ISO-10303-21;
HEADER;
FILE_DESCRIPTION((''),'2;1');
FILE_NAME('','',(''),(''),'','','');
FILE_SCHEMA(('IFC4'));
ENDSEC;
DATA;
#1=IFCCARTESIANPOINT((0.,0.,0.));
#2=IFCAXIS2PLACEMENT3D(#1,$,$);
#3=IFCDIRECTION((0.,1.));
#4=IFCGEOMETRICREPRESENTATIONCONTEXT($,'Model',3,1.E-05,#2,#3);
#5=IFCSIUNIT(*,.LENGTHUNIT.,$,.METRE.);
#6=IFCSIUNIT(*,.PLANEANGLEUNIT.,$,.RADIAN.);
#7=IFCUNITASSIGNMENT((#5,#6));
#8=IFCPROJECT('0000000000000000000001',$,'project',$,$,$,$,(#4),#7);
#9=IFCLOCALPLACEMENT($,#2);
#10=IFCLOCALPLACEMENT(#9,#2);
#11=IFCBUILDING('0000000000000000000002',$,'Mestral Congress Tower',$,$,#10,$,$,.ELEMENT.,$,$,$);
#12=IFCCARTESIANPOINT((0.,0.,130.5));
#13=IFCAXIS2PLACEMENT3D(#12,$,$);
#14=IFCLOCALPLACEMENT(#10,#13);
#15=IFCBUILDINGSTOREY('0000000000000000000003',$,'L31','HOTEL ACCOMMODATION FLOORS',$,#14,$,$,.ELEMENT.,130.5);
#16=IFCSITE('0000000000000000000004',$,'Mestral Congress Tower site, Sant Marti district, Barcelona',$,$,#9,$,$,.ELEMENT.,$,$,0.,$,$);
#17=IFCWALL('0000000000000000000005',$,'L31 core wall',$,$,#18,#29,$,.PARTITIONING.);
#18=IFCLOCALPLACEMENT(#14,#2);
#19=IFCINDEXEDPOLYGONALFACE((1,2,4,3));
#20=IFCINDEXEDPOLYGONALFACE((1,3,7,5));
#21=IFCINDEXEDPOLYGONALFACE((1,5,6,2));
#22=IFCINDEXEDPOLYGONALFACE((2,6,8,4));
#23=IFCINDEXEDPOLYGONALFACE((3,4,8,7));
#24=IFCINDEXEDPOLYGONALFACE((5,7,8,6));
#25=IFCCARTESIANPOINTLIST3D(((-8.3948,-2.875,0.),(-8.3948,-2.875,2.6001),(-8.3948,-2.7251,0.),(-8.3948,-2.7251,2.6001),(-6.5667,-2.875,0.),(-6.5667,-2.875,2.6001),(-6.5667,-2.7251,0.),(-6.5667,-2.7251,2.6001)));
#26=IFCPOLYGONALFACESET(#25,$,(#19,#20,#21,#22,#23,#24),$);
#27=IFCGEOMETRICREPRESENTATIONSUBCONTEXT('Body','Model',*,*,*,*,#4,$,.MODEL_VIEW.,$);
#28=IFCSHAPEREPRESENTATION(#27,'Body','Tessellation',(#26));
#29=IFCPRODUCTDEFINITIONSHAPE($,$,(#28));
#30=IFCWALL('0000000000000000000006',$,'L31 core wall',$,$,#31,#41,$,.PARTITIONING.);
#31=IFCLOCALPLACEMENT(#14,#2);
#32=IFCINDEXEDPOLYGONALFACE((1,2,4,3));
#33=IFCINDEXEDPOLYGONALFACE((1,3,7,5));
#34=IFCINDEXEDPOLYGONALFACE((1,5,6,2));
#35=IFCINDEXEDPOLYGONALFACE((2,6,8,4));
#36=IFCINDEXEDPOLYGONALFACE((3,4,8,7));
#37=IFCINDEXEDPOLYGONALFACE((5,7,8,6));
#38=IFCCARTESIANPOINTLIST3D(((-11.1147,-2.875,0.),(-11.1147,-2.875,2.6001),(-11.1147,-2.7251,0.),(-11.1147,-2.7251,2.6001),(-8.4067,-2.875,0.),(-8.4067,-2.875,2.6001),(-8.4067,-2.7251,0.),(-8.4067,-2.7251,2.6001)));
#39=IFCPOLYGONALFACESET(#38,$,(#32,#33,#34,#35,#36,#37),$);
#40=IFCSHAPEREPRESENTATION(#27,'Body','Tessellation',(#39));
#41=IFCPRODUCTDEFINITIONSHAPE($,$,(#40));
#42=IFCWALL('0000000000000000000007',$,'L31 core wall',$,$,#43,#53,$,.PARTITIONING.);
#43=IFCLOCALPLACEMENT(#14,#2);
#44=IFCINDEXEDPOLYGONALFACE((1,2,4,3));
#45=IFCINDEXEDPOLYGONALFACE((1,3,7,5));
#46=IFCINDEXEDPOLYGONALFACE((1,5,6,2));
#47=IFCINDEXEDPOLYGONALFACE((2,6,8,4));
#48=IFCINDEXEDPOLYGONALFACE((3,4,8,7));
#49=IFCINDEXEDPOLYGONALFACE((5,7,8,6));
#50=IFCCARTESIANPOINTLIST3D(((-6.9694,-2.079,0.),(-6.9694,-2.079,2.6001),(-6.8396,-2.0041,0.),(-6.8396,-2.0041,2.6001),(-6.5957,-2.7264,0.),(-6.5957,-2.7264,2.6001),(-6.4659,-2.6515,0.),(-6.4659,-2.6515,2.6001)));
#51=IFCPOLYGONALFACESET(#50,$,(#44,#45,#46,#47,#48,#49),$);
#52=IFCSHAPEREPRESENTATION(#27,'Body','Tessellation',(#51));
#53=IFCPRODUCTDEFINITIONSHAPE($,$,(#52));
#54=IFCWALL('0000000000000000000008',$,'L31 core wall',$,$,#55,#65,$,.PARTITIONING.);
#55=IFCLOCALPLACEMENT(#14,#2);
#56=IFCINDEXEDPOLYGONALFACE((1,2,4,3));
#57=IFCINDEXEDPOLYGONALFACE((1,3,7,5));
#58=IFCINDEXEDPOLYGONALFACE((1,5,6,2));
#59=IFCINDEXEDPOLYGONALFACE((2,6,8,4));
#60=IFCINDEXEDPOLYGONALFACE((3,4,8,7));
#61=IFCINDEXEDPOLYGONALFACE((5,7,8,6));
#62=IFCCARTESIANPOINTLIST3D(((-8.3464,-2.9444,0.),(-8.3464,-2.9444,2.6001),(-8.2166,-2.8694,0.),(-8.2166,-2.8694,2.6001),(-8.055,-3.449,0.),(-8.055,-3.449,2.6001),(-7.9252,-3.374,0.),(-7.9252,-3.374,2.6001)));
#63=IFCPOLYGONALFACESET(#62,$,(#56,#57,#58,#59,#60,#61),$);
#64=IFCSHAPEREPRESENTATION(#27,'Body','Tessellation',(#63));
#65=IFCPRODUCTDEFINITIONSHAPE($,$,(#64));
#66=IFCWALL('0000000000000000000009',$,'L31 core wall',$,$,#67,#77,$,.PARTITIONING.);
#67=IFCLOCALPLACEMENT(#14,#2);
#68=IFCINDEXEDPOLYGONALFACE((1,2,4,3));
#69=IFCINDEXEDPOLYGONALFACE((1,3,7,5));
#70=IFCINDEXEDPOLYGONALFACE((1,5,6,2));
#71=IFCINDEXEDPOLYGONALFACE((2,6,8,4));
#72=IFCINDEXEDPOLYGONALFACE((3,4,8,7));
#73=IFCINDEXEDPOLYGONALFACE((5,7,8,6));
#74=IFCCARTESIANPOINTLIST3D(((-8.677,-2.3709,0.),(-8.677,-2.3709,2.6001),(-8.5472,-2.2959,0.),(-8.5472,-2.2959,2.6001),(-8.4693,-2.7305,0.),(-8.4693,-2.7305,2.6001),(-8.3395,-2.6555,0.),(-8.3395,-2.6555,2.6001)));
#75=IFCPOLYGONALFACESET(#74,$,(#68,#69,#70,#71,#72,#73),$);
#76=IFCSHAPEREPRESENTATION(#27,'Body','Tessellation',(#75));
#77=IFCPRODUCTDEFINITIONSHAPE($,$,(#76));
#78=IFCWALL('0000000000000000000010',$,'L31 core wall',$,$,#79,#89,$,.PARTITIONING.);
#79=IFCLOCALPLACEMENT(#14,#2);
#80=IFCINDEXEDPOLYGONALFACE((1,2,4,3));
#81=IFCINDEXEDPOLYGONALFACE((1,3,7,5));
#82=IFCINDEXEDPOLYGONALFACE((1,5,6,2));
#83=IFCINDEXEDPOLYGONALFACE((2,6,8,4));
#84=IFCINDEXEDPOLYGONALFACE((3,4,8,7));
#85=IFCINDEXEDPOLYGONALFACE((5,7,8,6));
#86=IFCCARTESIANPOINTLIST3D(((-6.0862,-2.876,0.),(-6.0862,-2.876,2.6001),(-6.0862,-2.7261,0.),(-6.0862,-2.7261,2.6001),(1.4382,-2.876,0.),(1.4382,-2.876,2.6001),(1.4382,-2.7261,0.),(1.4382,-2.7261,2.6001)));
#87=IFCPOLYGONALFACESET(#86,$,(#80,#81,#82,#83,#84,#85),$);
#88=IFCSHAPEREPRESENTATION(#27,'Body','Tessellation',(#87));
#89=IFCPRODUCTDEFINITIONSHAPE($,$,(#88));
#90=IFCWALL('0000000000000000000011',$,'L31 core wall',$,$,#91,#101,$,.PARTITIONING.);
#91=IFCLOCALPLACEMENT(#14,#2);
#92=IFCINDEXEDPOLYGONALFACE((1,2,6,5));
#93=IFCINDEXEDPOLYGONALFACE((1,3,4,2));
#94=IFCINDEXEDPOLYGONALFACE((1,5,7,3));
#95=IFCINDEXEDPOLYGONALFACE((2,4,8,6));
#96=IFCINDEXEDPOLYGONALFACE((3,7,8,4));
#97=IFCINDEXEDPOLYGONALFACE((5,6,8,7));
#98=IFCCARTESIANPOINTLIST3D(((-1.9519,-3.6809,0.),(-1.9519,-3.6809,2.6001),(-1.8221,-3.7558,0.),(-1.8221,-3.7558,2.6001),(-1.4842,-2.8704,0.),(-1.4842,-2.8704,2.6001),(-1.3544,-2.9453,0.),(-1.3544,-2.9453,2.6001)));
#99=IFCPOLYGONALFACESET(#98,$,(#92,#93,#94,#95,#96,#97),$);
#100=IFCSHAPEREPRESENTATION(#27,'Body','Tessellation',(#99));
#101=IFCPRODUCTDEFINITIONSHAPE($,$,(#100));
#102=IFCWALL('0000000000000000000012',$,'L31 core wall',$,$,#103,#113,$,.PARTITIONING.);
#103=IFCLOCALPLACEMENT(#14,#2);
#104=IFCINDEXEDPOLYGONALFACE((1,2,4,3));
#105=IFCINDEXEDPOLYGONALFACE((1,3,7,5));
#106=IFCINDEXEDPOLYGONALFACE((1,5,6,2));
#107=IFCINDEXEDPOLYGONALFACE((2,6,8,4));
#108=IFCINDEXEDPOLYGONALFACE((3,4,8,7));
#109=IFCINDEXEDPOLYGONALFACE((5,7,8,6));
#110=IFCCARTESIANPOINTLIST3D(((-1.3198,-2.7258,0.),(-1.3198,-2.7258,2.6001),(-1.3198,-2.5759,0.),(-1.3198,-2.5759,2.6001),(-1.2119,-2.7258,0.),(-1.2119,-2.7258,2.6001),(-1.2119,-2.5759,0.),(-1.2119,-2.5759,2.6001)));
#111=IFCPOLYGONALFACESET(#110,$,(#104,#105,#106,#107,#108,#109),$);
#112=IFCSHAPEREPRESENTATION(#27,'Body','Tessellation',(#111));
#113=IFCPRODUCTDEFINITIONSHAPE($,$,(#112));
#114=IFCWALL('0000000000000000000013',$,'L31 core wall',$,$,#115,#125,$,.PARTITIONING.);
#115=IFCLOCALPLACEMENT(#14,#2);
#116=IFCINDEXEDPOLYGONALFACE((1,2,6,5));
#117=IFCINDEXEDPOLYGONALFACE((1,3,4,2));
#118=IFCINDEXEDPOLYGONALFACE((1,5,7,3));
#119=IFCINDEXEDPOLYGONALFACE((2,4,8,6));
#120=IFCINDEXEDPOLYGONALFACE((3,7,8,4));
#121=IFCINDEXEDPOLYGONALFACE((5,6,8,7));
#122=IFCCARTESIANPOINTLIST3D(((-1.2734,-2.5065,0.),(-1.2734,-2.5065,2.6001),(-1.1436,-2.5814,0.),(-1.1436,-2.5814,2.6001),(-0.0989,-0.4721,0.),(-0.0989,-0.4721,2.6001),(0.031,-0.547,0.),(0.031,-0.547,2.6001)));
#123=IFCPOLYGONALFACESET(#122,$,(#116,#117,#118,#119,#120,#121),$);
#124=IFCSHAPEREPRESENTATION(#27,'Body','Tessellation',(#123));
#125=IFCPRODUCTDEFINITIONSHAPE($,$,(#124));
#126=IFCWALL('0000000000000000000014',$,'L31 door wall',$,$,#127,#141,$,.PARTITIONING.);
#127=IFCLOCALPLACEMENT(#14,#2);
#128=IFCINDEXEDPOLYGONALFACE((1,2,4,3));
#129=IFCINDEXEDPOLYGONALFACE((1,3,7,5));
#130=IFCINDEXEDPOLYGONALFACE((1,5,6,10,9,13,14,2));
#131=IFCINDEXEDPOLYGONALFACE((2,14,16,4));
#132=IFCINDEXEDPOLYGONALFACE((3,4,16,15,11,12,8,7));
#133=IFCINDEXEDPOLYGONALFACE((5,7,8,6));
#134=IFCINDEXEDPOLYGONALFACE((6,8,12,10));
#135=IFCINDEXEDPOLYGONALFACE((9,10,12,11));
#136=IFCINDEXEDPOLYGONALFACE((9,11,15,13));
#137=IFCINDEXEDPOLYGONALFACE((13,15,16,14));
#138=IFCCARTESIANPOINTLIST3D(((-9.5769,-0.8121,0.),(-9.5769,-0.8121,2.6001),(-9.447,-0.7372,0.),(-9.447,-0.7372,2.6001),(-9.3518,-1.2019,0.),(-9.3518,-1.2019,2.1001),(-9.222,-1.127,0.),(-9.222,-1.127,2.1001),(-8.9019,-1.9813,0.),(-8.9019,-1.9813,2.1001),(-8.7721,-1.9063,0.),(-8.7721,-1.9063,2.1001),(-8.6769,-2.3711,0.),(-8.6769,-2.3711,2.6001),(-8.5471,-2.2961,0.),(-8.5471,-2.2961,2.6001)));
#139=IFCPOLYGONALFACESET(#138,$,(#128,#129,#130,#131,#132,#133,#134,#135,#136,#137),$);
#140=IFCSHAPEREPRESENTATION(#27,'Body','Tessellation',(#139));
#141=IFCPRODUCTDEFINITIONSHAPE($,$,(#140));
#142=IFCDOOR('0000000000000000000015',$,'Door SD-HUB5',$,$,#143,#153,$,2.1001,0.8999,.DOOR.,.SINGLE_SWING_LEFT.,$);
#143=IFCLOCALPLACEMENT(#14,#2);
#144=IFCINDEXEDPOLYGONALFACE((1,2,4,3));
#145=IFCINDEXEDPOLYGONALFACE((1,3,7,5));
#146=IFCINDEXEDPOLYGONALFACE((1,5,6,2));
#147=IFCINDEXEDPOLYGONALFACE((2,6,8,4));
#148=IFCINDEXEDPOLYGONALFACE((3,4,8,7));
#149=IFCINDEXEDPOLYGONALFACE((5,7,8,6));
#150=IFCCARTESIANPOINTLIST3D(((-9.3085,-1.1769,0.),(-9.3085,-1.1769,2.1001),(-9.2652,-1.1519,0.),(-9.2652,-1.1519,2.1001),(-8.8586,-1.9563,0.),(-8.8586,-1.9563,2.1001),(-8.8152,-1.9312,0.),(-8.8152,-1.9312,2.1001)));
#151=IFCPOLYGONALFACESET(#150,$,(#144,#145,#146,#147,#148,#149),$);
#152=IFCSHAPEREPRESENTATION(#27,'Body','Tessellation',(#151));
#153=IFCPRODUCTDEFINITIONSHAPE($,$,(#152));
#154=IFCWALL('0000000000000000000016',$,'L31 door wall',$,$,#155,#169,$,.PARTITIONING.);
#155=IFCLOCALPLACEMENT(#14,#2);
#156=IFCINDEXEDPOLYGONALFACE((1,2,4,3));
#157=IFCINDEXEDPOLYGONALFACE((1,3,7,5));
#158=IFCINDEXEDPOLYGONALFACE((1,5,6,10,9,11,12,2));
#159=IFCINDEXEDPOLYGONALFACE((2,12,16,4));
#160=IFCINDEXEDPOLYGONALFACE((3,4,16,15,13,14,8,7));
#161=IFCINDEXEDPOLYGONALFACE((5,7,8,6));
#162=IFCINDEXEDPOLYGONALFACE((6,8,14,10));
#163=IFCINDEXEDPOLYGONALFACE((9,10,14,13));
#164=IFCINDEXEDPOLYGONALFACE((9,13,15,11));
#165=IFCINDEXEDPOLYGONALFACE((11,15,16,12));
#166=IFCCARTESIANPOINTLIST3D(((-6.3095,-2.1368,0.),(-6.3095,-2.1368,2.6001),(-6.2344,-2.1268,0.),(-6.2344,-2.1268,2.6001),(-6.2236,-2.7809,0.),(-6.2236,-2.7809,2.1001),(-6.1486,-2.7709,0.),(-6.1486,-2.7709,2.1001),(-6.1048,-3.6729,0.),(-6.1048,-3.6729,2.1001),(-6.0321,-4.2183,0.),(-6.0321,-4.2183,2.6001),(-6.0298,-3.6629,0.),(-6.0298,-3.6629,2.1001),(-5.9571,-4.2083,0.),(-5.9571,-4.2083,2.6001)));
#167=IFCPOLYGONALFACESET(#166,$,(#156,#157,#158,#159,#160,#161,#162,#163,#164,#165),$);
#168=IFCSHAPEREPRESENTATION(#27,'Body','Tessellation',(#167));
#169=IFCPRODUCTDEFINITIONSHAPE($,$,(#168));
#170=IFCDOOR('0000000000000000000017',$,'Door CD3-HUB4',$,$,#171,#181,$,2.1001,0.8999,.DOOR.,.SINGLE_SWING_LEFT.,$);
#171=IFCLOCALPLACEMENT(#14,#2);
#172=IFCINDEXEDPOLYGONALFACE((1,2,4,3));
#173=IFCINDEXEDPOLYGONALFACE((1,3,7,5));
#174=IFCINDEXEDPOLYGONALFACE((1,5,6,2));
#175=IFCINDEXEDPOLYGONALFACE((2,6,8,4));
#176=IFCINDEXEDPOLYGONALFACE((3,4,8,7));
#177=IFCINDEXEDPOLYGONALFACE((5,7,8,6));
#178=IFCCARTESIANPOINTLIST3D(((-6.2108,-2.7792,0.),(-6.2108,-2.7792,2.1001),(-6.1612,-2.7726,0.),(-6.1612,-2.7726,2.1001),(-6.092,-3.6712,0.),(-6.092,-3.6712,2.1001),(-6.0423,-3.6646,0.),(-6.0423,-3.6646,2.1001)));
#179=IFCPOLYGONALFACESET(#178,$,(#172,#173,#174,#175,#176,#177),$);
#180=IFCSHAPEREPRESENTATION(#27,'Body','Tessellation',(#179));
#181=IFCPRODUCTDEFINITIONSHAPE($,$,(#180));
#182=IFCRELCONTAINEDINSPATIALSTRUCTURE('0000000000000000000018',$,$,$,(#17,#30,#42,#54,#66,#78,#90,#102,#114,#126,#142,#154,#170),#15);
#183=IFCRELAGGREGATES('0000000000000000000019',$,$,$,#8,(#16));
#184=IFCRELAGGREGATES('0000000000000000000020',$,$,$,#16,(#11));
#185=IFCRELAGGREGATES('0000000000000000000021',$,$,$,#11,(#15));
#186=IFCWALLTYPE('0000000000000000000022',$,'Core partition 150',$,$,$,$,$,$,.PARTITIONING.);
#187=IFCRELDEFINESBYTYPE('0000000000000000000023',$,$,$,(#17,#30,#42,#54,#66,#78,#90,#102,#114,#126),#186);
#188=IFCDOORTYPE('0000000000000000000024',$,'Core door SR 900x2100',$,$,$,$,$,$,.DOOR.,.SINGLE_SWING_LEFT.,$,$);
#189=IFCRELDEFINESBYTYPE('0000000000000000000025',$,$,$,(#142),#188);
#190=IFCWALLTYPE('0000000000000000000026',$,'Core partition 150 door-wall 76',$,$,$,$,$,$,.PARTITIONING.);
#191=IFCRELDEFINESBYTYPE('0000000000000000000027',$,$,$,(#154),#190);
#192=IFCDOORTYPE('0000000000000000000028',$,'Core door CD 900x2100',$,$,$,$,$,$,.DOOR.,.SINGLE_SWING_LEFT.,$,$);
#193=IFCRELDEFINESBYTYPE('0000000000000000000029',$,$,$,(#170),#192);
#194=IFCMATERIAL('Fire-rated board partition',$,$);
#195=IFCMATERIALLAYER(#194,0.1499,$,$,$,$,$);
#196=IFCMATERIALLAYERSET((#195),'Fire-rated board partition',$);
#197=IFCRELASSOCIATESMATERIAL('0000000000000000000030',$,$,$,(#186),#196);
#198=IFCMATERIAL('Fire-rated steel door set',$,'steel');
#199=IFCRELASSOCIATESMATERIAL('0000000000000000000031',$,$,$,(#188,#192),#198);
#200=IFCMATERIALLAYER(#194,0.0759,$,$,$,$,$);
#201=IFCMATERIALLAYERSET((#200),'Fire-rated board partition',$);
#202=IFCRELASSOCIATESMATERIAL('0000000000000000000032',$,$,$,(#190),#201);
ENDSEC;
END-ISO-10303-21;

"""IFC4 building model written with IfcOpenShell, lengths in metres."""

from ifc_helpers import new_model, si_unit, direction, frame, frame_2d, origin, place, context, subcontext, project, spatial, rectangle, extrude, material, layer, layer_set, type_object, element, fill, save


model = new_model("IFC4")

# Units and contexts
model_context = context("Model", 3, precision=1e-05, world=origin(), true_north=direction((0.0, 1.0)))
body_context = subcontext(model_context, "Body", "Model", "MODEL_VIEW")
ifc_project = project(units=[si_unit("LENGTHUNIT", "METRE"), si_unit("PLANEANGLEUNIT", "RADIAN")], contexts=[model_context])

# Site, building, storey
site_placement = place(None, origin())
site = spatial("IfcSite", under=ifc_project, at=site_placement, Name="Mestral Congress Tower site, Sant Marti district, Barcelona", CompositionType="ELEMENT", RefElevation=0.0)
building_placement = place(site_placement, origin())
building = spatial("IfcBuilding", under=site, at=building_placement, Name="Mestral Congress Tower", CompositionType="ELEMENT")
storey_placement = place(building_placement, frame((0.0, 0.0, 130.5)))
storey = spatial("IfcBuildingStorey", under=building, at=storey_placement, Name="L31", Description="HOTEL ACCOMMODATION FLOORS", CompositionType="ELEMENT", Elevation=130.5)

# Walls
ifc_material_1 = material(Name="Fire-rated board partition")
ifc_layer_1 = layer(ifc_material_1, 0.1499)
ifc_layer_set_1 = layer_set([ifc_layer_1], Name="Fire-rated board partition")
wall_type_1 = type_object("IfcWallType", Name="Core partition 150", PredefinedType="PARTITIONING", material=ifc_layer_set_1)
wall_1_placement = place(storey_placement, frame((-8.3948, -2.8, 0.0), z_axis=(0.0, 0.0, 1.0), x_axis=(1.0, 0.0, 0.0)))
element("IfcWall", 1, at=wall_1_placement, inside=storey, type_object=wall_type_1, Name="L31 core wall", PredefinedType="PARTITIONING", context=body_context, shape_type="SweptSolid", body=[
    extrude(rectangle(XDim=1.8281, YDim=0.1499, at=frame_2d((0.9141, 0.0))), origin(), (0.0, 0.0, 1.0), 2.6001),
])
wall_2_placement = place(storey_placement, frame((-11.1147, -2.8, 0.0), z_axis=(0.0, 0.0, 1.0), x_axis=(1.0, 0.0, 0.0)))
element("IfcWall", 2, at=wall_2_placement, inside=storey, type_object=wall_type_1, Name="L31 core wall", PredefinedType="PARTITIONING", context=body_context, shape_type="SweptSolid", body=[
    extrude(rectangle(XDim=2.708, YDim=0.1499, at=frame_2d((1.354, 0.0))), origin(), (0.0, 0.0, 1.0), 2.6001),
])
wall_3_placement = place(storey_placement, frame((-6.5308, -2.689, 0.0), z_axis=(0.0, 0.0, 1.0), x_axis=(-0.499967, 0.866044, 0.0)))
element("IfcWall", 3, at=wall_3_placement, inside=storey, type_object=wall_type_1, Name="L31 core wall", PredefinedType="PARTITIONING", context=body_context, shape_type="SweptSolid", body=[
    extrude(rectangle(XDim=0.7476, YDim=0.1499, at=frame_2d((0.3738, 0.0))), origin(), (0.0, 0.0, 1.0), 2.6001),
])
wall_4_placement = place(storey_placement, frame((-7.99, -3.4116, 0.0), z_axis=(0.0, 0.0, 1.0), x_axis=(-0.500194, 0.865913, 0.0)))
element("IfcWall", 4, at=wall_4_placement, inside=storey, type_object=wall_type_1, Name="L31 core wall", PredefinedType="PARTITIONING", context=body_context, shape_type="SweptSolid", body=[
    extrude(rectangle(XDim=0.5828, YDim=0.1499, at=frame_2d((0.2915, 0.0))), origin(), (0.0, 0.0, 1.0), 2.6001),
])
wall_5_placement = place(storey_placement, frame((-8.6121, -2.3335, 0.0), z_axis=(0.0, 0.0, 1.0), x_axis=(0.500248, -0.865882, 0.0)))
element("IfcWall", 5, at=wall_5_placement, inside=storey, type_object=wall_type_1, Name="L31 core wall", PredefinedType="PARTITIONING", context=body_context, shape_type="SweptSolid", body=[
    extrude(rectangle(XDim=0.4153, YDim=0.1499, at=frame_2d((0.2075, 0.0))), origin(), (0.0, 0.0, 1.0), 2.6001),
])
wall_6_placement = place(storey_placement, frame((-6.0862, -2.801, 0.0), z_axis=(0.0, 0.0, 1.0), x_axis=(1.0, 0.0, 0.0)))
element("IfcWall", 6, at=wall_6_placement, inside=storey, type_object=wall_type_1, Name="L31 core wall", PredefinedType="PARTITIONING", context=body_context, shape_type="SweptSolid", body=[
    extrude(rectangle(XDim=7.5244, YDim=0.1499, at=frame_2d((3.7622, 0.0))), origin(), (0.0, 0.0, 1.0), 2.6001),
])
wall_7_placement = place(storey_placement, frame((-1.887, -3.7183, 0.0), z_axis=(0.0, 0.0, 1.0), x_axis=(0.499843, 0.866116, 0.0)))
element("IfcWall", 7, at=wall_7_placement, inside=storey, type_object=wall_type_1, Name="L31 core wall", PredefinedType="PARTITIONING", context=body_context, shape_type="SweptSolid", body=[
    extrude(rectangle(XDim=0.9358, YDim=0.1499, at=frame_2d((0.4678, 0.0))), origin(), (0.0, 0.0, 1.0), 2.6001),
])
wall_8_placement = place(storey_placement, frame((-1.2119, -2.6509, 0.0), z_axis=(0.0, 0.0, 1.0), x_axis=(-1.0, 0.0, 0.0)))
element("IfcWall", 8, at=wall_8_placement, inside=storey, type_object=wall_type_1, Name="L31 core wall", PredefinedType="PARTITIONING", context=body_context, shape_type="SweptSolid", body=[
    extrude(rectangle(XDim=0.1079, YDim=0.1499, at=frame_2d((0.054, 0.0))), origin(), (0.0, 0.0, 1.0), 2.6001),
])
wall_9_placement = place(storey_placement, frame((-1.2085, -2.5439, 0.0), z_axis=(0.0, 0.0, 1.0), x_axis=(0.499995, 0.866028, 0.0)))
element("IfcWall", 9, at=wall_9_placement, inside=storey, type_object=wall_type_1, Name="L31 core wall", PredefinedType="PARTITIONING", context=body_context, shape_type="SweptSolid", body=[
    extrude(rectangle(XDim=2.3491, YDim=0.1499, at=frame_2d((1.1746, 0.0))), origin(), (0.0, 0.0, 1.0), 2.6001),
])

# Walls, openings, doors
wall_10_placement = place(storey_placement, frame((-8.6121, -2.3335, 0.0), z_axis=(0.0, 0.0, 1.0), x_axis=(-0.499961, 0.866048, 0.0)))
wall_10 = element("IfcWall", 10, at=wall_10_placement, inside=storey, type_object=wall_type_1, Name="L31 door wall", PredefinedType="PARTITIONING", context=body_context, shape_type="SweptSolid", body=[
    extrude(rectangle(XDim=1.8, YDim=0.1499, at=frame_2d((0.8999, 0.0))), origin(), (0.0, 0.0, 1.0), 2.6001),
])
opening_1_placement = place(wall_10_placement, frame((0.45, 0.0, 0.0)))
opening_1 = element("IfcOpeningElement", 11, at=opening_1_placement, cuts=wall_10, PredefinedType="OPENING", context=body_context, shape_type="SweptSolid", body=[
    extrude(rectangle(XDim=0.8999, YDim=2.1001, at=frame_2d((0.45, 1.05))), frame((0.0, 0.085, 0.0), z_axis=(0.0, -1.0, 0.0), x_axis=(1.0, 0.0, 0.0)), (0.0, 0.0, 1.0), 0.1699),
])
ifc_material_2 = material(Name="Fire-rated steel door set", Category="steel")
door_type_1 = type_object("IfcDoorType", Name="Core door SR 900x2100", OperationType="SINGLE_SWING_LEFT", PredefinedType="DOOR", material=ifc_material_2)
door_1_placement = place(opening_1_placement, origin())
door_1 = element("IfcDoor", 12, at=door_1_placement, inside=storey, type_object=door_type_1, Name="Door SD-HUB5", OperationType="SINGLE_SWING_LEFT", OverallHeight=2.1001, OverallWidth=0.8999, PredefinedType="DOOR", context=body_context, shape_type="SweptSolid", body=[
    extrude(rectangle(XDim=0.8999, YDim=2.1001, at=frame_2d((0.45, 1.05))), frame((0.0, 0.0249, 0.0), z_axis=(0.0, -1.0, 0.0), x_axis=(1.0, 0.0, 0.0)), (0.0, 0.0, 1.0), 0.05),
])
fill(opening_1, door_1)
ifc_layer_2 = layer(ifc_material_1, 0.0759)
ifc_layer_set_2 = layer_set([ifc_layer_2], Name="Fire-rated board partition")
wall_type_2 = type_object("IfcWallType", Name="Core partition 150 door-wall 76", PredefinedType="PARTITIONING", material=ifc_layer_set_2)
wall_11_placement = place(storey_placement, frame((-5.9946, -4.2131, 0.0), z_axis=(0.0, 0.0, 1.0), x_axis=(-0.132072, 0.99124, 0.0)))
wall_11 = element("IfcWall", 13, at=wall_11_placement, inside=storey, type_object=wall_type_2, Name="L31 door wall", PredefinedType="PARTITIONING", context=body_context, shape_type="SweptSolid", body=[
    extrude(rectangle(XDim=2.0999, YDim=0.0757, at=frame_2d((1.0498, 0.0))), origin(), (0.0, 0.0, 1.0), 2.6001),
])
opening_2_placement = place(wall_11_placement, frame((0.55, 0.0, 0.0)))
opening_2 = element("IfcOpeningElement", 14, at=opening_2_placement, cuts=wall_11, PredefinedType="OPENING", context=body_context, shape_type="SweptSolid", body=[
    extrude(rectangle(XDim=0.8999, YDim=2.1001, at=frame_2d((0.45, 1.05))), frame((0.0, 0.0479, 0.0), z_axis=(0.0, -1.0, 0.0), x_axis=(1.0, 0.0, 0.0)), (0.0, 0.0, 1.0), 0.0957),
])
door_type_2 = type_object("IfcDoorType", Name="Core door CD 900x2100", OperationType="SINGLE_SWING_LEFT", PredefinedType="DOOR", material=ifc_material_2)
door_2_placement = place(opening_2_placement, origin())
door_2 = element("IfcDoor", 15, at=door_2_placement, inside=storey, type_object=door_type_2, Name="Door CD3-HUB4", OperationType="SINGLE_SWING_LEFT", OverallHeight=2.1001, OverallWidth=0.8999, PredefinedType="DOOR", context=body_context, shape_type="SweptSolid", body=[
    extrude(rectangle(XDim=0.8999, YDim=2.1001, at=frame_2d((0.45, 1.05))), frame((0.0, 0.0249, 0.0), z_axis=(0.0, -1.0, 0.0), x_axis=(1.0, 0.0, 0.0)), (0.0, 0.0, 1.0), 0.05),
])
fill(opening_2, door_2)

save(model, "model.ifc")
